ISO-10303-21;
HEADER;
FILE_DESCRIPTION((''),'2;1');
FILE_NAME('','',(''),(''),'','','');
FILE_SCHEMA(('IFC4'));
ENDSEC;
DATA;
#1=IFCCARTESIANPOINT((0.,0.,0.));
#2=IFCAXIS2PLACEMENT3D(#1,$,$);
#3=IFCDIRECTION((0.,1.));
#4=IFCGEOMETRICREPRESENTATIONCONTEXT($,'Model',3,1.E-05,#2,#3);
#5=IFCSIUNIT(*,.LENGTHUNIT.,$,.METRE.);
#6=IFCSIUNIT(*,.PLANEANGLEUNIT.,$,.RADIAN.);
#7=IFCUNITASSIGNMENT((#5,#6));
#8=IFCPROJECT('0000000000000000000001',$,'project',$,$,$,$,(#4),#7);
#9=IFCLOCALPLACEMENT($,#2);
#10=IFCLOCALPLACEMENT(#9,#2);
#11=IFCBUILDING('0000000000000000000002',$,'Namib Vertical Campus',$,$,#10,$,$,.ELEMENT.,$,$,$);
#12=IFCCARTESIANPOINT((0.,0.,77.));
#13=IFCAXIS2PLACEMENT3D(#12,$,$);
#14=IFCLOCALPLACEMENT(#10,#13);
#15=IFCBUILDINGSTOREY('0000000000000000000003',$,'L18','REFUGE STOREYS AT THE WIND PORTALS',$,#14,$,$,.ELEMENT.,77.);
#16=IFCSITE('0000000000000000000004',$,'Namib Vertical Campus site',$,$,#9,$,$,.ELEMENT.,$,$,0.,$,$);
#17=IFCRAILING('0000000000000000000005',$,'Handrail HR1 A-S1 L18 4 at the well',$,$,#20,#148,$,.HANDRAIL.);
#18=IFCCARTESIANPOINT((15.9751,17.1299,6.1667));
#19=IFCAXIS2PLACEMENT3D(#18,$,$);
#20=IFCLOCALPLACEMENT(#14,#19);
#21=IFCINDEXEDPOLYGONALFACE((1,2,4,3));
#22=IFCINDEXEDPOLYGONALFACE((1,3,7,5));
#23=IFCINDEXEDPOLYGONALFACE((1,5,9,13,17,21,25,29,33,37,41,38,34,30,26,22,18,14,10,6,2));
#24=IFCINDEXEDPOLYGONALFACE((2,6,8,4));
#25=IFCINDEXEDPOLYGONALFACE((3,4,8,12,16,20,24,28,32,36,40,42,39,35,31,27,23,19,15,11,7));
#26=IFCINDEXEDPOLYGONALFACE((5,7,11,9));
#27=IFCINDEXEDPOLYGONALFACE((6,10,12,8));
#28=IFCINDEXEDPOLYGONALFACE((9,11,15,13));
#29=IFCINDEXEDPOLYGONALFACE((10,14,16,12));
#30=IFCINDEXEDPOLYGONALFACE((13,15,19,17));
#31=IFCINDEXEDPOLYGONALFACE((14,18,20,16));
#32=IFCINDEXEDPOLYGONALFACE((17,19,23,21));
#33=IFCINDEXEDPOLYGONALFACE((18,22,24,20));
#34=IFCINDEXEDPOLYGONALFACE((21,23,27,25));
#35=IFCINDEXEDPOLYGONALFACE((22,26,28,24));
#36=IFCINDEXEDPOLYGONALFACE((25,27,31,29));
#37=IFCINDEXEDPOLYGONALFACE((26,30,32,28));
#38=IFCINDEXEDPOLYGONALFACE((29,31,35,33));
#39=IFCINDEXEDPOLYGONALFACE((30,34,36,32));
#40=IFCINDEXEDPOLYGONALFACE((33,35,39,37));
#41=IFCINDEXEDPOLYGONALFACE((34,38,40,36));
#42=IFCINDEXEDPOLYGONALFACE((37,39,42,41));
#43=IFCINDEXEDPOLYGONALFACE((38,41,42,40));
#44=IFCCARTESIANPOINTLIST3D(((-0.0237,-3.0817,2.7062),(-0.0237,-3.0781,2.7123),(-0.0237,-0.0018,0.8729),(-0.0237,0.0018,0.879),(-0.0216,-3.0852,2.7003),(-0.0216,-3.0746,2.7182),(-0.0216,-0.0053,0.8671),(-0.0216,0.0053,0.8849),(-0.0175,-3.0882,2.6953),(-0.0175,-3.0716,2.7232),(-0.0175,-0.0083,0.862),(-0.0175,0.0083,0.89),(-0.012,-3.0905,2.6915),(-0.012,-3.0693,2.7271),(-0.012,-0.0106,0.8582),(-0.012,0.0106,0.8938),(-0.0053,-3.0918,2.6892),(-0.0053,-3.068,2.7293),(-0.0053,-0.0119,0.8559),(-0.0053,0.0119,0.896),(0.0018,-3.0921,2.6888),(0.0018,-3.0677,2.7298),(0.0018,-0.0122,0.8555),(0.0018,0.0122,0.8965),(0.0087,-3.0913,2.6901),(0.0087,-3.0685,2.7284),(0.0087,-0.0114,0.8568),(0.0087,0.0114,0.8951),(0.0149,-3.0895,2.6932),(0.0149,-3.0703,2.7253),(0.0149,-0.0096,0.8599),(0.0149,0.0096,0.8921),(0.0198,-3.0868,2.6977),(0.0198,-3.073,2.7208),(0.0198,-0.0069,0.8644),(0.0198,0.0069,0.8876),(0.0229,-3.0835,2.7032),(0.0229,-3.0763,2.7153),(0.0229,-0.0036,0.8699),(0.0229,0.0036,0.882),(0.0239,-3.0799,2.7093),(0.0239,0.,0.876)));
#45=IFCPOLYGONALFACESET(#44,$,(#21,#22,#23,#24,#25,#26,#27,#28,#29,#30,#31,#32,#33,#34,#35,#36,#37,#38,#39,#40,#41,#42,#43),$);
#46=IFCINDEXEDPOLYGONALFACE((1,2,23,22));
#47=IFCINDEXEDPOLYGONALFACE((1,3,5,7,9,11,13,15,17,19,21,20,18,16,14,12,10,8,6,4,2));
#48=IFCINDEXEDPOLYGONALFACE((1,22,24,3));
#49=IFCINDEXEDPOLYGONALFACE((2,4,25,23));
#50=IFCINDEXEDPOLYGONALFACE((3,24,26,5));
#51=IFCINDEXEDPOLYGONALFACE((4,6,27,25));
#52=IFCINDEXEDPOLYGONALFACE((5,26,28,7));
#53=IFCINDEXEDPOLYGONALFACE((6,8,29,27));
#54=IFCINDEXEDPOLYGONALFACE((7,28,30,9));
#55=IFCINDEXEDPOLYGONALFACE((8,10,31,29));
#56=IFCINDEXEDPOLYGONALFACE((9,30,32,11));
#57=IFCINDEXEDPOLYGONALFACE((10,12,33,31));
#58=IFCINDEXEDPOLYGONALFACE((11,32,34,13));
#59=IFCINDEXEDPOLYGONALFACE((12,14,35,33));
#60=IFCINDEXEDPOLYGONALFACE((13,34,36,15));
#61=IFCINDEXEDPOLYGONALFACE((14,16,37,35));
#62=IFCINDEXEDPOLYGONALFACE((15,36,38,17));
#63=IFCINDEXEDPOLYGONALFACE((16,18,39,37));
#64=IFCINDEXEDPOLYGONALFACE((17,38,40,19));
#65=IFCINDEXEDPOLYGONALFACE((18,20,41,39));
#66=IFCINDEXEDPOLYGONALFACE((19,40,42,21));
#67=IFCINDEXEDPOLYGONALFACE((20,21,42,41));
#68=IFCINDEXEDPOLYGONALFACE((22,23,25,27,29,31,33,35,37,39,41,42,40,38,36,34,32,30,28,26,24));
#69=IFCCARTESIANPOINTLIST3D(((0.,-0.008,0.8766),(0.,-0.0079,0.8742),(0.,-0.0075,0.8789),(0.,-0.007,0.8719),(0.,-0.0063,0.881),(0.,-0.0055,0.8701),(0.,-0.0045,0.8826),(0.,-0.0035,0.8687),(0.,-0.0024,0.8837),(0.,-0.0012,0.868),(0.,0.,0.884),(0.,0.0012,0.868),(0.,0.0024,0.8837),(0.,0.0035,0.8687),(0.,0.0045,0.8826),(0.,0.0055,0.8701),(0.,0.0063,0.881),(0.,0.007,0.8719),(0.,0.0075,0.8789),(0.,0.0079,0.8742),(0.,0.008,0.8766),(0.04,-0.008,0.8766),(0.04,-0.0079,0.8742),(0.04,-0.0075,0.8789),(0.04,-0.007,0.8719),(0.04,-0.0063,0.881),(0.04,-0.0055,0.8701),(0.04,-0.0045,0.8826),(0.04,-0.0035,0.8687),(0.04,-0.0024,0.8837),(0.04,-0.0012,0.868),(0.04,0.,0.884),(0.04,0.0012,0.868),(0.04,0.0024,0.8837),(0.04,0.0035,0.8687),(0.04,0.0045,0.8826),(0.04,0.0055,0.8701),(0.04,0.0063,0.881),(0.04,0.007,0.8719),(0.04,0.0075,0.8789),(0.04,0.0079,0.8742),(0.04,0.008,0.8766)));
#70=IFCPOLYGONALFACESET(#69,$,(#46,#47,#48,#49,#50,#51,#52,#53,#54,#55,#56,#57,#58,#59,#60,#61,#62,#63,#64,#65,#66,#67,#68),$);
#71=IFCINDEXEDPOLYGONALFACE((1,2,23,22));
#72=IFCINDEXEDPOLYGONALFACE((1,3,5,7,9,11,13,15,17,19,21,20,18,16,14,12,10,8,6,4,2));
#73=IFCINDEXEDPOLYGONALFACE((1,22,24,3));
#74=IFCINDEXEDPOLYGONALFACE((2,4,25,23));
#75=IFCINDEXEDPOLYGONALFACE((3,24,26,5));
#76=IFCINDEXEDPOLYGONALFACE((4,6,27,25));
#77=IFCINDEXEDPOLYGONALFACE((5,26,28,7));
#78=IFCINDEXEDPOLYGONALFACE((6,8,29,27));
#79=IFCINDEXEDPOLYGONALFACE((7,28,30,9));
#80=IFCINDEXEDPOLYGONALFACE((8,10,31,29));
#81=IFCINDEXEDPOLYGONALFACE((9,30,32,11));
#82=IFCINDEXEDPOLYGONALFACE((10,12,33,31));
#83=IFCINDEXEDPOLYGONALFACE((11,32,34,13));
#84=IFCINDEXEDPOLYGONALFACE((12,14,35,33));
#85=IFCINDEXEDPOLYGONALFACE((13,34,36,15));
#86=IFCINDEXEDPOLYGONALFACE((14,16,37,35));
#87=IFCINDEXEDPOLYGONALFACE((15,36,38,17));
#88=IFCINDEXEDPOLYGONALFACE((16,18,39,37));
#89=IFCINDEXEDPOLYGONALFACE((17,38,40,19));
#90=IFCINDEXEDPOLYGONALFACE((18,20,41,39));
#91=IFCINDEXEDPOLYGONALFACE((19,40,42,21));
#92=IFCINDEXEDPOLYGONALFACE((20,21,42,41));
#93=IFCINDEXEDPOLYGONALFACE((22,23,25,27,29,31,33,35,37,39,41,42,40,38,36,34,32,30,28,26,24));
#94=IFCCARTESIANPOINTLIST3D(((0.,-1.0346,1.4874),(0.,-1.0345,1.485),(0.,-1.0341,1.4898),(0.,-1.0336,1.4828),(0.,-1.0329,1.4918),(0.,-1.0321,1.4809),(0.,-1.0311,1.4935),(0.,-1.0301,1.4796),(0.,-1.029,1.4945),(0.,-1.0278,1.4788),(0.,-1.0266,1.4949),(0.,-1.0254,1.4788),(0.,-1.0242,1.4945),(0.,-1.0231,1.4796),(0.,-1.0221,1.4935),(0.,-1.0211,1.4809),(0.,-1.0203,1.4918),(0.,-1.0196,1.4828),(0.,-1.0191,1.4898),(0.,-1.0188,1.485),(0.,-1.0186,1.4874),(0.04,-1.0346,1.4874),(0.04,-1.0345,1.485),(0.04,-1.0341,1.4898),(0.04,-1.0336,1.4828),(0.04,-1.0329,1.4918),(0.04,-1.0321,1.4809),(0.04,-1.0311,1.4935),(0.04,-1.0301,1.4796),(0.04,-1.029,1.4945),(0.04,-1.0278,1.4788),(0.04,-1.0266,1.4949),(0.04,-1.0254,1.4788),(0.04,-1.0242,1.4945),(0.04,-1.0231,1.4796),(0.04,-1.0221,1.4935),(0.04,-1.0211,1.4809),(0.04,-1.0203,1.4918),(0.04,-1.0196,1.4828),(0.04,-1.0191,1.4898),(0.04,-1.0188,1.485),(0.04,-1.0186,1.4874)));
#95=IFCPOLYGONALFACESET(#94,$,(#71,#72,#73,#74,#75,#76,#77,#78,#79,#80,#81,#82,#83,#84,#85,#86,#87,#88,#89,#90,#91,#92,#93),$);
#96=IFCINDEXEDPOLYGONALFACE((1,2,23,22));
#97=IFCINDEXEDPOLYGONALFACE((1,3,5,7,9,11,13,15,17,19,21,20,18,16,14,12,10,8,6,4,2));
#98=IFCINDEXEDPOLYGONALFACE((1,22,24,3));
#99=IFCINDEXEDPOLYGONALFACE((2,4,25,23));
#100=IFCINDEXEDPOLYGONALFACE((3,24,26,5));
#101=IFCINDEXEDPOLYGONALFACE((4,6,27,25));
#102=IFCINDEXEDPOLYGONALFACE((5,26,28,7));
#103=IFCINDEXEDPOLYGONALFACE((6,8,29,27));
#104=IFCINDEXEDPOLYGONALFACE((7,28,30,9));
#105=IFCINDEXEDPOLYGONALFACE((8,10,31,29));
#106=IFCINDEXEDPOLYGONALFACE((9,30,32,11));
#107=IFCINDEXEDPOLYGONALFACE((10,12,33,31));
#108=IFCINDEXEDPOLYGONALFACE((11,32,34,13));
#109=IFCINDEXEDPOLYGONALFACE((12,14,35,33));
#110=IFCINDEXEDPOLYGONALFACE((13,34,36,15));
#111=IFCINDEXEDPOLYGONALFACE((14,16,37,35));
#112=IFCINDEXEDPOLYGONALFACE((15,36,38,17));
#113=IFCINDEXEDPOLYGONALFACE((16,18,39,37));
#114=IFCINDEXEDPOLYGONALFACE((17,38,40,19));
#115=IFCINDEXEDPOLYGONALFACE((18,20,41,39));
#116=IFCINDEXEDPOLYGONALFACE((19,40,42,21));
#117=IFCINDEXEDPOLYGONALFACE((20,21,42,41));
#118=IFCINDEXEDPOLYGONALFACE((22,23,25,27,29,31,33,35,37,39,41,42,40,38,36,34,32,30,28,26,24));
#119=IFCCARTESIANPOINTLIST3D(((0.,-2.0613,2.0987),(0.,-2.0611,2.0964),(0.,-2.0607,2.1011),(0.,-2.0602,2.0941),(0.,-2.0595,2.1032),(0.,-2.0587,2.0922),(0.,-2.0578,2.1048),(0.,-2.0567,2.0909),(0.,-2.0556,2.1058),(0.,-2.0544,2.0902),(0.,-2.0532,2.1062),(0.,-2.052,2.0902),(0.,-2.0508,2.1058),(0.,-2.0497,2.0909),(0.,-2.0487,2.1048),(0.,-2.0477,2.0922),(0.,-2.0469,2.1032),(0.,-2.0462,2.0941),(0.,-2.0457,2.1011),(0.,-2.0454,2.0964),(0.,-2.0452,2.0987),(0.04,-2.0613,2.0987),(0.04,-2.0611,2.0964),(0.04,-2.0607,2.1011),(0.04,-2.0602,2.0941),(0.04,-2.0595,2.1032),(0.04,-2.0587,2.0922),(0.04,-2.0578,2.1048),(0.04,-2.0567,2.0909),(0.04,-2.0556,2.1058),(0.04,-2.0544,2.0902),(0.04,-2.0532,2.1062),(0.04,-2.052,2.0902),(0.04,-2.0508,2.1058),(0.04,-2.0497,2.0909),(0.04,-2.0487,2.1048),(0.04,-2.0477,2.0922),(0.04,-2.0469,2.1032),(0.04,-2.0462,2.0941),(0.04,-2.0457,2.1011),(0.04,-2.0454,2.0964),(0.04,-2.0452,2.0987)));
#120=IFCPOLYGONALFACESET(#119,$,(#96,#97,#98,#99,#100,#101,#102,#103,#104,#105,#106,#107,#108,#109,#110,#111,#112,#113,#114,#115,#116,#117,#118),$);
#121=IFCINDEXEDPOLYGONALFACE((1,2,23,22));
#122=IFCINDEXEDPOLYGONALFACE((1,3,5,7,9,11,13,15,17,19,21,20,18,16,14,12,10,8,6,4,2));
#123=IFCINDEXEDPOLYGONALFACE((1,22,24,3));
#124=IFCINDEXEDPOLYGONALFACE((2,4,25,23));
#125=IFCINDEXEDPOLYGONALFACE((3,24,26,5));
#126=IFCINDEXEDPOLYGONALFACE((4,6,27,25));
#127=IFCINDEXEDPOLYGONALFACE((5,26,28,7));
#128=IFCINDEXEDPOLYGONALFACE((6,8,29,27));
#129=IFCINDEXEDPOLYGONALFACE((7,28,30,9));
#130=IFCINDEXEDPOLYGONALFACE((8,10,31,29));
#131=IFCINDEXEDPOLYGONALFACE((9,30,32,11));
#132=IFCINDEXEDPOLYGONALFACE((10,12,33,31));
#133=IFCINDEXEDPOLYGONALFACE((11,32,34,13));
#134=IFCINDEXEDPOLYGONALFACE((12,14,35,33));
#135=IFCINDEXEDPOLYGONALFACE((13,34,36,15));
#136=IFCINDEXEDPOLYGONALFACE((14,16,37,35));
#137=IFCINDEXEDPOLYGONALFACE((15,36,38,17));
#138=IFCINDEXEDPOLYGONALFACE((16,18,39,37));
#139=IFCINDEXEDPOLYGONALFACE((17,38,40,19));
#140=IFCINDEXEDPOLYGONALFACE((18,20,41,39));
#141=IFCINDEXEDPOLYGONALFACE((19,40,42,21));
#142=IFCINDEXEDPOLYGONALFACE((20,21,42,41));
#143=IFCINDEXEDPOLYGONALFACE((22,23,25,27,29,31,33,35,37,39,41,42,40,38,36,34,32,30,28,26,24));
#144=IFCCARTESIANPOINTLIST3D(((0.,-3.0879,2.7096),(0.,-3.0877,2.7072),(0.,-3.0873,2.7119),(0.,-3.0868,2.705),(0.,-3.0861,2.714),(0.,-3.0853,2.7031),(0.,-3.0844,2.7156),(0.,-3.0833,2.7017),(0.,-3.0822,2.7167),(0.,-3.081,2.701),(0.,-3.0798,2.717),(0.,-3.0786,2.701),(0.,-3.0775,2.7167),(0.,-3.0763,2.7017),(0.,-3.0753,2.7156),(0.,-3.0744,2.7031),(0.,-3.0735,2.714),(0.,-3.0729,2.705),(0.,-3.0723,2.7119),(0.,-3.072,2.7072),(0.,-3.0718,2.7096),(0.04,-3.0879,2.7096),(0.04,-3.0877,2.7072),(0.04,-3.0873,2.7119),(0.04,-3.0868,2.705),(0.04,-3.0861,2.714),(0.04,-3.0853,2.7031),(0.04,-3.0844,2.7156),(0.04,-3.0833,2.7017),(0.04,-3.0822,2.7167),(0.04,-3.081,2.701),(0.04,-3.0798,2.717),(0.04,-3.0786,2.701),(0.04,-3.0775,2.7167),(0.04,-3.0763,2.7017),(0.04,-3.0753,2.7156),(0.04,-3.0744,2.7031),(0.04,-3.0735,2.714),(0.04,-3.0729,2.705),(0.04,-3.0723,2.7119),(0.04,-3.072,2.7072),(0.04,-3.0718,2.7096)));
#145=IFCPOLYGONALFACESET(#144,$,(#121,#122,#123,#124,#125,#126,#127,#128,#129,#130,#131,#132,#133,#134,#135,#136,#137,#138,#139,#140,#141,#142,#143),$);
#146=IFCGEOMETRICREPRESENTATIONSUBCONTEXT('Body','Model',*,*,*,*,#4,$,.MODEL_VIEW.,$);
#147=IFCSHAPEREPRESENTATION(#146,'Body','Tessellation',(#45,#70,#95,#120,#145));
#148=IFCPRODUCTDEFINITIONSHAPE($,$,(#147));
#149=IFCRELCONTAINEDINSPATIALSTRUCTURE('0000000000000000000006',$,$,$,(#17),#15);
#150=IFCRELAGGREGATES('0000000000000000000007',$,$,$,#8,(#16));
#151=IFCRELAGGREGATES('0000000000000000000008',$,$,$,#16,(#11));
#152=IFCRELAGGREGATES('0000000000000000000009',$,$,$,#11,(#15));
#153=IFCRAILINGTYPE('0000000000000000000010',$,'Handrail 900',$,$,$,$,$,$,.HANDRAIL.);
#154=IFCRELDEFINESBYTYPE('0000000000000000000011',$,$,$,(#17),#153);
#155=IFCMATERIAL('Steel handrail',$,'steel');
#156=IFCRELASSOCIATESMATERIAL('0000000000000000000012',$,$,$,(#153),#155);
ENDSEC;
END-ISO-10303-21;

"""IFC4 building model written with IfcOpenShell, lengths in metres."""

from ifc_helpers import new_model, si_unit, direction, frame, origin, origin_2d, place, context, subcontext, project, spatial, circle, extrude, material, type_object, element, save


model = new_model("IFC4")

# Units and contexts
model_context = context("Model", 3, precision=1e-05, world=origin(), true_north=direction((0.0, 1.0)))
body_context = subcontext(model_context, "Body", "Model", "MODEL_VIEW")
ifc_project = project(units=[si_unit("LENGTHUNIT", "METRE"), si_unit("PLANEANGLEUNIT", "RADIAN")], contexts=[model_context])

# Site, building, storey
site_placement = place(None, origin())
site = spatial("IfcSite", under=ifc_project, at=site_placement, Name="Namib Vertical Campus site", CompositionType="ELEMENT", RefElevation=0.0)
building_placement = place(site_placement, origin())
building = spatial("IfcBuilding", under=site, at=building_placement, Name="Namib Vertical Campus", CompositionType="ELEMENT")
storey_placement = place(building_placement, frame((0.0, 0.0, 77.0)))
storey = spatial("IfcBuildingStorey", under=building, at=storey_placement, Name="L18", Description="REFUGE STOREYS AT THE WIND PORTALS", CompositionType="ELEMENT", Elevation=77.0)

# Railing
ifc_material_1 = material(Name="Steel handrail", Category="steel")
railing_type_1 = type_object("IfcRailingType", Name="Handrail 900", PredefinedType="HANDRAIL", material=ifc_material_1)
railing_1_placement = place(storey_placement, frame((15.9751, 17.1299, 6.1667)))
element("IfcRailing", 1, at=railing_1_placement, inside=storey, type_object=railing_type_1, Name="Handrail HR1 A-S1 L18 4 at the well", PredefinedType="HANDRAIL", context=body_context, shape_type="SweptSolid", body=[
    extrude(circle(Radius=0.0239, at=origin_2d()), frame((0.0, 0.0, 0.876), z_axis=(0.0, -0.859291, 0.511487), x_axis=(1.0, 0.0, 0.0)), (0.0, 0.0, 1.0), 3.5842),
    extrude(circle(Radius=0.0081, at=origin_2d()), frame((0.0, 0.0, 0.876), z_axis=(1.0, 0.0, 0.0), x_axis=(0.0, 0.0, 1.0)), (0.0, 0.0, 1.0), 0.04),
    extrude(circle(Radius=0.0081, at=origin_2d()), frame((0.0, -1.0266, 1.4868), z_axis=(1.0, 0.0, 0.0), x_axis=(0.0, 0.0, 1.0)), (0.0, 0.0, 1.0), 0.04),
    extrude(circle(Radius=0.0081, at=origin_2d()), frame((0.0, -2.0532, 2.0981), z_axis=(1.0, 0.0, 0.0), x_axis=(0.0, 0.0, 1.0)), (0.0, 0.0, 1.0), 0.04),
    extrude(circle(Radius=0.0081, at=origin_2d()), frame((0.0, -3.0798, 2.709), z_axis=(1.0, 0.0, 0.0), x_axis=(0.0, 0.0, 1.0)), (0.0, 0.0, 1.0), 0.04),
])

save(model, "model.ifc")
